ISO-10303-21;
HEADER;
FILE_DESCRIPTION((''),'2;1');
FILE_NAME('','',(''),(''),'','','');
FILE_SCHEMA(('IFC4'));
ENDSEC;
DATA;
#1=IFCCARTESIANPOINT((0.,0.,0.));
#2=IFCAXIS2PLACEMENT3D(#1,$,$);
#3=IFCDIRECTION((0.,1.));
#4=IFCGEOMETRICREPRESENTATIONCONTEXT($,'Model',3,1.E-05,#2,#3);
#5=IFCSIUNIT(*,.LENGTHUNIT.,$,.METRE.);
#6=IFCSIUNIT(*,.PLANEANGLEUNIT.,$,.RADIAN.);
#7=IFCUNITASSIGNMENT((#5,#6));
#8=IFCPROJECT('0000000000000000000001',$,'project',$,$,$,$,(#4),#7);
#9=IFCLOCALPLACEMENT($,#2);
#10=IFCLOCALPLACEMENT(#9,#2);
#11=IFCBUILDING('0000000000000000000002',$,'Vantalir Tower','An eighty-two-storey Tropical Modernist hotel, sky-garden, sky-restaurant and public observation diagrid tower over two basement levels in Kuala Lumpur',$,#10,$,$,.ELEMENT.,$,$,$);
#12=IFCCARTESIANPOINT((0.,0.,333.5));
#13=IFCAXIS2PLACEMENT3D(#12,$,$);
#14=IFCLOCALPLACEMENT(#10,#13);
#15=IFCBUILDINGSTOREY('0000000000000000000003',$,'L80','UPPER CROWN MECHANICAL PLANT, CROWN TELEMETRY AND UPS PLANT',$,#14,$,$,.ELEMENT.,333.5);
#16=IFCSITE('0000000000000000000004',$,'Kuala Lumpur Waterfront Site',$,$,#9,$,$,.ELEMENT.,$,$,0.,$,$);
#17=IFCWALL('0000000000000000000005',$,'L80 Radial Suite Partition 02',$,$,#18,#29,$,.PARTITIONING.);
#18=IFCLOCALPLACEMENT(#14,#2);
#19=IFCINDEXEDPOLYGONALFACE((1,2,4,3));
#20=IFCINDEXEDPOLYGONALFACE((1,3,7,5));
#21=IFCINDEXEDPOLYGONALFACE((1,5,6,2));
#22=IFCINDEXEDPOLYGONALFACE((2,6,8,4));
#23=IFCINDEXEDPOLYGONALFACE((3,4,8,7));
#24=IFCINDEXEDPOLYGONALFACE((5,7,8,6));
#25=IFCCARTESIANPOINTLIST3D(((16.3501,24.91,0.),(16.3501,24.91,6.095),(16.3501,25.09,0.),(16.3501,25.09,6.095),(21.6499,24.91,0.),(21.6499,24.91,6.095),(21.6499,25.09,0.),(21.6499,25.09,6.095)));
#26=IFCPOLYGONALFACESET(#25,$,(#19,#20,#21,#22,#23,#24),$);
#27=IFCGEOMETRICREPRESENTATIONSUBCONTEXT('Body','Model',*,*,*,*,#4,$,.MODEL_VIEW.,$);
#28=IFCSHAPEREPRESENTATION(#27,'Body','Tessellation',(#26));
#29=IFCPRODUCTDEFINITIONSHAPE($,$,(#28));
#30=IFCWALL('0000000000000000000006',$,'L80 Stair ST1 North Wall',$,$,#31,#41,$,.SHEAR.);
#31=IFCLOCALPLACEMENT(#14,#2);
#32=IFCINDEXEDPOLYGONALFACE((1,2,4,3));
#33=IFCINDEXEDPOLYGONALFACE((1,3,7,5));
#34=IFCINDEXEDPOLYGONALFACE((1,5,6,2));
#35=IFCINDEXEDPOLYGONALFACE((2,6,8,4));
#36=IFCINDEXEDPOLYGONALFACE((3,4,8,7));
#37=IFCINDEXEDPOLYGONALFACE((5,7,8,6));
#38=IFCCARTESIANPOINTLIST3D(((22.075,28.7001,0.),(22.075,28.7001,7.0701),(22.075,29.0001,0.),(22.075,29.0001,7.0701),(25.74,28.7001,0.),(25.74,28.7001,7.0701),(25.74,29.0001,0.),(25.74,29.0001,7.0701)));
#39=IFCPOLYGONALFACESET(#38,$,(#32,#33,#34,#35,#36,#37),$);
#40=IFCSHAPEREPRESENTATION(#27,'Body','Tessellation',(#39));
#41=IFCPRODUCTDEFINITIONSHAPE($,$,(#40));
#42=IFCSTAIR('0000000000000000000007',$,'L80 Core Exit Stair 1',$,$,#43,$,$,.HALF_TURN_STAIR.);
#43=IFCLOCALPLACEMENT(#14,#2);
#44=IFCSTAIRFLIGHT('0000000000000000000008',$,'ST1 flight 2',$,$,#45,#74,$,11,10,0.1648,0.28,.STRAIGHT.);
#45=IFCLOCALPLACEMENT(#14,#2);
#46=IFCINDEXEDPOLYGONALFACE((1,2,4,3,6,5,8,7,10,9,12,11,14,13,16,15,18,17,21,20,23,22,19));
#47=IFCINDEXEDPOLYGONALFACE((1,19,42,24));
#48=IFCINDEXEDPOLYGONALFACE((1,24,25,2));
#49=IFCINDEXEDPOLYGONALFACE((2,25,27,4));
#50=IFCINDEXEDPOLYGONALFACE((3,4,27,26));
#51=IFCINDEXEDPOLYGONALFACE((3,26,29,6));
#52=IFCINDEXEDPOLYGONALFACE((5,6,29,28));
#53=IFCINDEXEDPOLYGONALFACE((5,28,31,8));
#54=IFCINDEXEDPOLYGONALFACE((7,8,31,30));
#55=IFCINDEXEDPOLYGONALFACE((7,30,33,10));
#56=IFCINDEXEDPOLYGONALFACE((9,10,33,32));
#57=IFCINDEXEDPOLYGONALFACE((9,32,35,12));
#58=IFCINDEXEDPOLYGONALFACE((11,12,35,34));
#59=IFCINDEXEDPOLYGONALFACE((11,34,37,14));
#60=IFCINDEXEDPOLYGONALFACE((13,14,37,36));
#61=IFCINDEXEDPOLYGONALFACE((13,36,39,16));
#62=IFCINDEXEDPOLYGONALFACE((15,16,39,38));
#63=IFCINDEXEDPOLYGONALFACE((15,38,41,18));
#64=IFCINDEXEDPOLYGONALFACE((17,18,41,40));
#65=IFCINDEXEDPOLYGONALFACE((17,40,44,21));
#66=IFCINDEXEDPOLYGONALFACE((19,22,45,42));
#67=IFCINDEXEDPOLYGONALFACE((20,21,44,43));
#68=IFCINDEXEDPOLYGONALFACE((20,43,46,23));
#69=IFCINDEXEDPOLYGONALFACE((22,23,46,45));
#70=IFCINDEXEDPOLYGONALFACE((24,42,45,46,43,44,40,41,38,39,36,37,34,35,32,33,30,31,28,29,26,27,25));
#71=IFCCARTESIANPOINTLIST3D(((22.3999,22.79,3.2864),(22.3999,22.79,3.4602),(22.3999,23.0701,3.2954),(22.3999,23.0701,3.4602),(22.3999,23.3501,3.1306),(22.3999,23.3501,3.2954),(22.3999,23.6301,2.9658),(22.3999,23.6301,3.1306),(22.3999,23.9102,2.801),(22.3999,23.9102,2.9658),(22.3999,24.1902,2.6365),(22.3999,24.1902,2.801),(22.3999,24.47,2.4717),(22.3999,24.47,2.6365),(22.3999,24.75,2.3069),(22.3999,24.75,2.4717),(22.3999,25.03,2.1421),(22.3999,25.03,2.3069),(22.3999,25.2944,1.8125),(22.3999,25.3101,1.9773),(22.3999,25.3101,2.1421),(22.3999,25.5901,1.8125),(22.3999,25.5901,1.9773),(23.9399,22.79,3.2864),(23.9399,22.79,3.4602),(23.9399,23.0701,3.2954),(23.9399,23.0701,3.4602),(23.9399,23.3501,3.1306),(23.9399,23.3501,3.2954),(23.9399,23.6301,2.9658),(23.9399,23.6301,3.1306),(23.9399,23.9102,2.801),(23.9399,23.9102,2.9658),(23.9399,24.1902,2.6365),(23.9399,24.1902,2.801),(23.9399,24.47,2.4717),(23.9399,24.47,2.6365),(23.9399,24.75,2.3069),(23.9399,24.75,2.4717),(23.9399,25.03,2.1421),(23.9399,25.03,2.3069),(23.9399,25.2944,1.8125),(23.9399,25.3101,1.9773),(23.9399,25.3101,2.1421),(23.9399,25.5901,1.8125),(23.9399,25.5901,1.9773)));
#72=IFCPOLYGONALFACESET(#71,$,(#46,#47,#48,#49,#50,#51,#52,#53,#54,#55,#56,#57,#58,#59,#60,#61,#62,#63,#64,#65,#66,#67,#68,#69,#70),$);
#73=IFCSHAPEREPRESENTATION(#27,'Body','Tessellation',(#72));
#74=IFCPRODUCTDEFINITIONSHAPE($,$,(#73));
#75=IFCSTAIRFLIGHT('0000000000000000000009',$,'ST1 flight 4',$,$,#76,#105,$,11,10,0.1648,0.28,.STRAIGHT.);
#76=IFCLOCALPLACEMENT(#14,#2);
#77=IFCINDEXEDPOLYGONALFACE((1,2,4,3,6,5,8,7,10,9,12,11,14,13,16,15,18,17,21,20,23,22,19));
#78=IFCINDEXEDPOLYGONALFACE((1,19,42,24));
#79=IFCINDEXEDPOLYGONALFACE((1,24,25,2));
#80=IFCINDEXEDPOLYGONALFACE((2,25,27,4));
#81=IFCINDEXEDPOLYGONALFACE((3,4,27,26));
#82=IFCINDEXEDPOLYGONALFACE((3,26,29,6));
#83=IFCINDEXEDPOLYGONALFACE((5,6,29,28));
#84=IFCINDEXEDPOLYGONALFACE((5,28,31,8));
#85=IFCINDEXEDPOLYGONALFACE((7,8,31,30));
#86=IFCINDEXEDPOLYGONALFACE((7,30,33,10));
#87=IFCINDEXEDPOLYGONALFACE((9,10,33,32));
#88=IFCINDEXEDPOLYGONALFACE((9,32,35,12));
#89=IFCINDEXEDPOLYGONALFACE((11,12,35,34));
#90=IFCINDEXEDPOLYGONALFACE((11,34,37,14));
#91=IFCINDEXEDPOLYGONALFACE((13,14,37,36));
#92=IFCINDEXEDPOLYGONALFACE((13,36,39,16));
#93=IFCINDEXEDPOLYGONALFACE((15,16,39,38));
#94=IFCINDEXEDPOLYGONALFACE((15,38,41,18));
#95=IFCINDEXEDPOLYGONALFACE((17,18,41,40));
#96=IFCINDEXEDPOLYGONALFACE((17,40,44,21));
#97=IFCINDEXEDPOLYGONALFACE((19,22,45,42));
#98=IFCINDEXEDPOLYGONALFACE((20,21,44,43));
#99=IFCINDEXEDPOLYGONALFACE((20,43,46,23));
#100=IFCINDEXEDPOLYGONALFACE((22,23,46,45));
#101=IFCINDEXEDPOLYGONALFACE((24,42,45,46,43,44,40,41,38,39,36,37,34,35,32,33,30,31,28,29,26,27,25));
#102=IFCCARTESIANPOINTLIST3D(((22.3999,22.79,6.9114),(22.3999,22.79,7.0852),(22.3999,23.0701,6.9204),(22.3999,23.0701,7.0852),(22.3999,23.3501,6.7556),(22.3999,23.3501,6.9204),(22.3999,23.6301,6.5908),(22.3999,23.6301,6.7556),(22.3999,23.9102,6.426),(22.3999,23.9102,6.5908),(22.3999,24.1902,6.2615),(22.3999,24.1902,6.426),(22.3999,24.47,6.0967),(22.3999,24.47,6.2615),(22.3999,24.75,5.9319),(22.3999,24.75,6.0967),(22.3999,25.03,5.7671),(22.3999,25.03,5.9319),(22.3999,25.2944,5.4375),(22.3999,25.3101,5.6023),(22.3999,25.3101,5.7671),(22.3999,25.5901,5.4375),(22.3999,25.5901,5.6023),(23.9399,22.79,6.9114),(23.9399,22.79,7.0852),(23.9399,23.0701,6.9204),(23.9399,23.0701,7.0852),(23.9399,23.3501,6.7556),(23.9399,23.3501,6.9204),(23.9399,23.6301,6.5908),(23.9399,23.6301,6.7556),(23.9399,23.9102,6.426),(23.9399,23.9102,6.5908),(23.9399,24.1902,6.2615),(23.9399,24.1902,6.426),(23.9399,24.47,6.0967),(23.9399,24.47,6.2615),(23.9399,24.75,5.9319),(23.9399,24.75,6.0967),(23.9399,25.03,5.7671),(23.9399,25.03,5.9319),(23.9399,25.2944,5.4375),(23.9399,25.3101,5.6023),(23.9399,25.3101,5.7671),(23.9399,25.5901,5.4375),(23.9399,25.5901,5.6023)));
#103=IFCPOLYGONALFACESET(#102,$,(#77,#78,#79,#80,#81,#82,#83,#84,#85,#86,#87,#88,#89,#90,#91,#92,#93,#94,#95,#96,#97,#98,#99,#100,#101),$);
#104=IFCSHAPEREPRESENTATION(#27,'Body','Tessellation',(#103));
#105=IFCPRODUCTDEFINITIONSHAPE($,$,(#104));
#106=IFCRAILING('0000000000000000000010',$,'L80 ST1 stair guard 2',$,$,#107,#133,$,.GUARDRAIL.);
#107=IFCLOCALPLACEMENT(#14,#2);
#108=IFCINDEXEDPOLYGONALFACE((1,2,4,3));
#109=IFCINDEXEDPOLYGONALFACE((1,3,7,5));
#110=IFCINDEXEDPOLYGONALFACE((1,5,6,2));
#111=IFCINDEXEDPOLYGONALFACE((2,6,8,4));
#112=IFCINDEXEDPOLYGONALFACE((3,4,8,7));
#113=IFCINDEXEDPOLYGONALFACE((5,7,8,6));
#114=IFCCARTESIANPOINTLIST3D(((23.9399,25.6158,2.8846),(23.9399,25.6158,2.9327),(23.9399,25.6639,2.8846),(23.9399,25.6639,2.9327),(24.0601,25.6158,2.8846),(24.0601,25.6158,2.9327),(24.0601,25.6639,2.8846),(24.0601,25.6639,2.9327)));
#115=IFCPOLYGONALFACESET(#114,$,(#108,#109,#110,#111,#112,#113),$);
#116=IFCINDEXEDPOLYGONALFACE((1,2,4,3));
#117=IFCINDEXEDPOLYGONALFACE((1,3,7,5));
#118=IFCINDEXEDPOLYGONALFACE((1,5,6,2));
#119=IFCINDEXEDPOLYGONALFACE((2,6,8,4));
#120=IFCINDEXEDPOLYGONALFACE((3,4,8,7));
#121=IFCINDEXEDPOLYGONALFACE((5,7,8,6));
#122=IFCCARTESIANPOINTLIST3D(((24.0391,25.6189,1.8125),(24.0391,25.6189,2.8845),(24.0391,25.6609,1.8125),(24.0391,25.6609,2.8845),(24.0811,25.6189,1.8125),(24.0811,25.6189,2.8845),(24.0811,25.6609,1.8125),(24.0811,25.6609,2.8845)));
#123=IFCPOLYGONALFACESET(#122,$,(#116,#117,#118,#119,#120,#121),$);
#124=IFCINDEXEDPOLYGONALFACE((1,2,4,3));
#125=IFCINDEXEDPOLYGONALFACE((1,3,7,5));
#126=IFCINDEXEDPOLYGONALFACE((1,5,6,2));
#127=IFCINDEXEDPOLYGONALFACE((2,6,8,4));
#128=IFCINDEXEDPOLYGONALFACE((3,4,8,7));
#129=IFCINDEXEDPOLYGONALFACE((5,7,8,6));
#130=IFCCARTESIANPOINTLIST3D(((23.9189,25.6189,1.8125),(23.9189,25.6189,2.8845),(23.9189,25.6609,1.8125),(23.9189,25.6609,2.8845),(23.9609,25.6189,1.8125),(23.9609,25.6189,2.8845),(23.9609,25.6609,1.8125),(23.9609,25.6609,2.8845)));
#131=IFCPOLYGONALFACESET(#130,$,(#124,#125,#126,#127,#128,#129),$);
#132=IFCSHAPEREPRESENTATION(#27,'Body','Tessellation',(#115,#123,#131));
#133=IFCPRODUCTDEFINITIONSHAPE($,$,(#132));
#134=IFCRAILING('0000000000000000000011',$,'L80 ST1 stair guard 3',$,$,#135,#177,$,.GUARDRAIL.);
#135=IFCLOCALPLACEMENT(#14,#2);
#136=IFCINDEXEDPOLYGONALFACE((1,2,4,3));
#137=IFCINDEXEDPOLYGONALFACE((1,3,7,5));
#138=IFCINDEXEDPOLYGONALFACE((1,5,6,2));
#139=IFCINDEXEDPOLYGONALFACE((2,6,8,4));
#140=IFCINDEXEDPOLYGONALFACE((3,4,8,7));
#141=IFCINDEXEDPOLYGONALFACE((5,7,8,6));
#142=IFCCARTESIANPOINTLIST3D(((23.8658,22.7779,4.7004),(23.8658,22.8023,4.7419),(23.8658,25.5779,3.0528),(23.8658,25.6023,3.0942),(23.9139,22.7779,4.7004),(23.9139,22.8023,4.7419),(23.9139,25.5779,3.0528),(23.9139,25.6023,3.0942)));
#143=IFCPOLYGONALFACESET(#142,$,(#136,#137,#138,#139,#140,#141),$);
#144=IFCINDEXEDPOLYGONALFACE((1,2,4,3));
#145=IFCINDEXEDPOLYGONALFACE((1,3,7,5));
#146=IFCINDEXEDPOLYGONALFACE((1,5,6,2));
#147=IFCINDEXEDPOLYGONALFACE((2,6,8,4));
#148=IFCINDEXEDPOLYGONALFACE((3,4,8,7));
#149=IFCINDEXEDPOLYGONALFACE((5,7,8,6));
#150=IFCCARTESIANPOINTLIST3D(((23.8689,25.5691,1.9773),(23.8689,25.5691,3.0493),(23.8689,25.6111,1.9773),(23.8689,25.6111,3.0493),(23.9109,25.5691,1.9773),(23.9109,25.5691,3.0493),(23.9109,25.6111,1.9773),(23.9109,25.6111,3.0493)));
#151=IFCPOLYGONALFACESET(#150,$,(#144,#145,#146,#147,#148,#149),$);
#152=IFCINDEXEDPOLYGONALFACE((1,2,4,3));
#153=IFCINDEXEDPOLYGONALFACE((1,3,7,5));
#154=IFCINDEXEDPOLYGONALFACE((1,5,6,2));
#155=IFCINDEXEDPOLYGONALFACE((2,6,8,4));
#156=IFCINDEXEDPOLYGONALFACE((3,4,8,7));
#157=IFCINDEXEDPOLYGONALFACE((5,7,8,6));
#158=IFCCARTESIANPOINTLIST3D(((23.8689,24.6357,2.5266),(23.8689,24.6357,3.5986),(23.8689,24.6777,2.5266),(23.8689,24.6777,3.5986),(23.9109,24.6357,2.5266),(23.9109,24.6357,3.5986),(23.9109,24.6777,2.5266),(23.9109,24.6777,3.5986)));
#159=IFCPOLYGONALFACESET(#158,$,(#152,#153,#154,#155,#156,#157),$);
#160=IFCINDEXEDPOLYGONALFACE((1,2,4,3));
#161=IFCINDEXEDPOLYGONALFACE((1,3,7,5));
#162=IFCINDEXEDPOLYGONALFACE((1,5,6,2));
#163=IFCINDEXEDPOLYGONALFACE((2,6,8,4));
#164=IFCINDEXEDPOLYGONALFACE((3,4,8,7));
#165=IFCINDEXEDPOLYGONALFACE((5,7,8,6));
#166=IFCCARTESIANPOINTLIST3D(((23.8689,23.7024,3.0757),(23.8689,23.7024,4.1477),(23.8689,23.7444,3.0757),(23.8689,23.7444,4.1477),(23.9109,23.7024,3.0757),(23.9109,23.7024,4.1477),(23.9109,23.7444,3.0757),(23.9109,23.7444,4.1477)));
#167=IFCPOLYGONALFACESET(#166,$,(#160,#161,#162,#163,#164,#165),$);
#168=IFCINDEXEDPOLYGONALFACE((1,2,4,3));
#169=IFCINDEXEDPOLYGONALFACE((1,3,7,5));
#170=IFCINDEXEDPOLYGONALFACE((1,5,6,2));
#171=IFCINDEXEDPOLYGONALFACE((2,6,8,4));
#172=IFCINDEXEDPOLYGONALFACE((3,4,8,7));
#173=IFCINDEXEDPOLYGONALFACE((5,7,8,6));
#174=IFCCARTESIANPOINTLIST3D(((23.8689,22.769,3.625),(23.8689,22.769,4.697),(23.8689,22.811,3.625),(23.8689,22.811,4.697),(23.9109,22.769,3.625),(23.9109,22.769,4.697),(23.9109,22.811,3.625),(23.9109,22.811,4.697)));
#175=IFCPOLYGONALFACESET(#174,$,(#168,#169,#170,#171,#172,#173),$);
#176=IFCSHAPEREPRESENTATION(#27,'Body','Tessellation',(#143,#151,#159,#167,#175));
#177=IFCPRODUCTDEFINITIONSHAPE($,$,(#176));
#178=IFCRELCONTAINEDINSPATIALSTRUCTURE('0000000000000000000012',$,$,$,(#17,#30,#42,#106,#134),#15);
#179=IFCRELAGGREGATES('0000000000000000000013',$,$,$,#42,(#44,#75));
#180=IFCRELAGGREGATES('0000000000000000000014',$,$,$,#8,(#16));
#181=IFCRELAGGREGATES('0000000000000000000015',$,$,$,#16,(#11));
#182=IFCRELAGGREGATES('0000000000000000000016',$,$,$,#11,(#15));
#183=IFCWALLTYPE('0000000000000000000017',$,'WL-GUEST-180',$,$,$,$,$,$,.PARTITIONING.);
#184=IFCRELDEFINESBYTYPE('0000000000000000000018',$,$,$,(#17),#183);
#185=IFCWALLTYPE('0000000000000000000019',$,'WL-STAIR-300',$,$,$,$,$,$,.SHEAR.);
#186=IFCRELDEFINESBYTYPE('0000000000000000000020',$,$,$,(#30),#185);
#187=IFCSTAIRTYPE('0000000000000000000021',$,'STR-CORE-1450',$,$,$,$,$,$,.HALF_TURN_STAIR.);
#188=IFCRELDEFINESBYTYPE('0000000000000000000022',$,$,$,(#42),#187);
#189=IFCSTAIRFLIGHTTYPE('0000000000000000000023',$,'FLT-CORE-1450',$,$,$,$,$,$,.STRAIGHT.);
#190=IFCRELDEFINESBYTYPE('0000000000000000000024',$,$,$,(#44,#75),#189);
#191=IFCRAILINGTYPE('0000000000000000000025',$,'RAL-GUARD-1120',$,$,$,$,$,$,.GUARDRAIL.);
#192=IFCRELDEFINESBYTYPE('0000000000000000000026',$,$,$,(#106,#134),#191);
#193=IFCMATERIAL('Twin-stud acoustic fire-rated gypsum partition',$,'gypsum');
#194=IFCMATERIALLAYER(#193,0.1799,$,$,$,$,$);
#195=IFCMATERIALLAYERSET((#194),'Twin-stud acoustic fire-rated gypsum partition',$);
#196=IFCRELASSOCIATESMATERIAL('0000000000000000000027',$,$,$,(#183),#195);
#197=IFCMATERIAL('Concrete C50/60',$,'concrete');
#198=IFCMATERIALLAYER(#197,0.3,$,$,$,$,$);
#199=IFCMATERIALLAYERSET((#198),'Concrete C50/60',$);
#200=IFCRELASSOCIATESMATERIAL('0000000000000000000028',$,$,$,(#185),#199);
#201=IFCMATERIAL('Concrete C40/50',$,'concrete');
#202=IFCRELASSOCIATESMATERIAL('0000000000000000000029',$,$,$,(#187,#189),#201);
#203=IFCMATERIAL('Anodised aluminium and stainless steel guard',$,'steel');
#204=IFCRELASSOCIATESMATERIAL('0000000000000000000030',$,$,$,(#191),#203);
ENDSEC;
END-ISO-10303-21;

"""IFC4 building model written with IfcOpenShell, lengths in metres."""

from ifc_helpers import new_model, si_unit, direction, frame, frame_2d, origin, origin_2d, place, context, subcontext, project, spatial, polyline, rectangle, outline, extrude, material, layer, layer_set, type_object, element, aggregate, save


model = new_model("IFC4")

# Units and contexts
model_context = context("Model", 3, precision=1e-05, world=origin(), true_north=direction((0.0, 1.0)))
body_context = subcontext(model_context, "Body", "Model", "MODEL_VIEW")
ifc_project = project(units=[si_unit("LENGTHUNIT", "METRE"), si_unit("PLANEANGLEUNIT", "RADIAN")], contexts=[model_context])

# Site, building, storey
site_placement = place(None, origin())
site = spatial("IfcSite", under=ifc_project, at=site_placement, Name="Kuala Lumpur Waterfront Site", CompositionType="ELEMENT", RefElevation=0.0)
building_placement = place(site_placement, origin())
building = spatial("IfcBuilding", under=site, at=building_placement, Name="Vantalir Tower", Description="An eighty-two-storey Tropical Modernist hotel, sky-garden, sky-restaurant and public observation diagrid tower over two basement levels in Kuala Lumpur", CompositionType="ELEMENT")
storey_placement = place(building_placement, frame((0.0, 0.0, 333.5)))
storey = spatial("IfcBuildingStorey", under=building, at=storey_placement, Name="L80", Description="UPPER CROWN MECHANICAL PLANT, CROWN TELEMETRY AND UPS PLANT", CompositionType="ELEMENT", Elevation=333.5)

# Walls
ifc_material_1 = material(Name="Twin-stud acoustic fire-rated gypsum partition", Category="gypsum")
ifc_layer_1 = layer(ifc_material_1, 0.1799)
ifc_layer_set_1 = layer_set([ifc_layer_1], Name="Twin-stud acoustic fire-rated gypsum partition")
wall_type_1 = type_object("IfcWallType", Name="WL-GUEST-180", PredefinedType="PARTITIONING", material=ifc_layer_set_1)
wall_1_placement = place(storey_placement, frame((21.6499, 25.0, 0.0), z_axis=(0.0, 0.0, 1.0), x_axis=(-1.0, 0.0, 0.0)))
element("IfcWall", 1, at=wall_1_placement, inside=storey, type_object=wall_type_1, Name="L80 Radial Suite Partition 02", PredefinedType="PARTITIONING", context=body_context, shape_type="SweptSolid", body=[
    extrude(rectangle(XDim=5.2998, YDim=0.1799, at=frame_2d((2.6499, 0.0))), origin(), (0.0, 0.0, 1.0), 6.095),
])
ifc_material_2 = material(Name="Concrete C50/60", Category="concrete")
ifc_layer_2 = layer(ifc_material_2, 0.3)
ifc_layer_set_2 = layer_set([ifc_layer_2], Name="Concrete C50/60")
wall_type_2 = type_object("IfcWallType", Name="WL-STAIR-300", PredefinedType="SHEAR", material=ifc_layer_set_2)
wall_2_placement = place(storey_placement, frame((22.075, 28.8501, 0.0), z_axis=(0.0, 0.0, 1.0), x_axis=(1.0, 0.0, 0.0)))
element("IfcWall", 2, at=wall_2_placement, inside=storey, type_object=wall_type_2, Name="L80 Stair ST1 North Wall", PredefinedType="SHEAR", context=body_context, shape_type="SweptSolid", body=[
    extrude(rectangle(XDim=3.665, YDim=0.3, at=frame_2d((1.8325, 0.0))), origin(), (0.0, 0.0, 1.0), 7.0701),
])

# Stair, stair flights
ifc_material_3 = material(Name="Concrete C40/50", Category="concrete")
stair_type = type_object("IfcStairType", Name="STR-CORE-1450", PredefinedType="HALF_TURN_STAIR", material=ifc_material_3)
stair_placement = place(storey_placement, origin())
stair = element("IfcStair", 3, at=stair_placement, inside=storey, type_object=stair_type, Name="L80 Core Exit Stair 1", PredefinedType="HALF_TURN_STAIR")
stair_flight_type = type_object("IfcStairFlightType", Name="FLT-CORE-1450", PredefinedType="STRAIGHT", material=ifc_material_3)
stair_flight_1_placement = place(storey_placement, frame((23.1699, 25.5901, 1.8125), z_axis=(0.0, 0.0, 1.0), x_axis=(0.0, -1.0, 0.0)))
stair_flight_1 = element("IfcStairFlight", 4, at=stair_flight_1_placement, type_object=stair_flight_type, Name="ST1 flight 2", NumberOfRisers=11, NumberOfTreads=10, PredefinedType="STRAIGHT", RiserHeight=0.1648, TreadLength=0.28, context=body_context, shape_type="SweptSolid", body=[
    extrude(outline(polyline([(0.0, 0.0), (0.0, 0.1648), (0.28, 0.1648), (0.28, 0.3296), (0.5601, 0.3296), (0.5601, 0.4944), (0.8401, 0.4944), (0.8401, 0.6592), (1.1201, 0.6592), (1.1201, 0.824), (1.3999, 0.824), (1.3999, 0.9885), (1.6799, 0.9885), (1.6799, 1.1533), (1.96, 1.1533), (1.96, 1.3181), (2.24, 1.3181), (2.24, 1.4829), (2.52, 1.4829), (2.52, 1.6477), (2.8, 1.6477), (2.8, 1.8125), (2.8, 1.4739), (0.2957, 0.0), (0.0, 0.0)])), frame((0.0, 0.77, 0.0), z_axis=(0.0, -1.0, 0.0), x_axis=(1.0, 0.0, 0.0)), (0.0, 0.0, 1.0), 1.54),
])
stair_flight_2_placement = place(storey_placement, frame((23.1699, 25.5901, 5.4375), z_axis=(0.0, 0.0, 1.0), x_axis=(0.0, -1.0, 0.0)))
stair_flight_2 = element("IfcStairFlight", 5, at=stair_flight_2_placement, type_object=stair_flight_type, Name="ST1 flight 4", NumberOfRisers=11, NumberOfTreads=10, PredefinedType="STRAIGHT", RiserHeight=0.1648, TreadLength=0.28, context=body_context, shape_type="SweptSolid", body=[
    extrude(outline(polyline([(0.0, 0.0), (0.0, 0.1648), (0.28, 0.1648), (0.28, 0.3296), (0.5601, 0.3296), (0.5601, 0.4944), (0.8401, 0.4944), (0.8401, 0.6592), (1.1201, 0.6592), (1.1201, 0.824), (1.3999, 0.824), (1.3999, 0.9885), (1.6799, 0.9885), (1.6799, 1.1533), (1.96, 1.1533), (1.96, 1.3181), (2.24, 1.3181), (2.24, 1.4829), (2.52, 1.4829), (2.52, 1.6477), (2.8, 1.6477), (2.8, 1.8125), (2.8, 1.4739), (0.2957, 0.0), (0.0, 0.0)])), frame((0.0, 0.77, 0.0), z_axis=(0.0, -1.0, 0.0), x_axis=(1.0, 0.0, 0.0)), (0.0, 0.0, 1.0), 1.54),
])
aggregate(stair, [stair_flight_1, stair_flight_2])

# Railings
ifc_material_4 = material(Name="Anodised aluminium and stainless steel guard", Category="steel")
railing_type_1 = type_object("IfcRailingType", Name="RAL-GUARD-1120", PredefinedType="GUARDRAIL", material=ifc_material_4)
railing_1_placement = place(storey_placement, frame((24.0601, 25.6399, 1.8125)))
element("IfcRailing", 6, at=railing_1_placement, inside=storey, type_object=railing_type_1, Name="L80 ST1 stair guard 2", PredefinedType="GUARDRAIL", context=body_context, shape_type="SweptSolid", body=[
    extrude(rectangle(XDim=0.0481, YDim=0.0481, at=origin_2d()), frame((0.0, 0.0, 1.0962), z_axis=(-1.0, 0.0, 0.0), x_axis=(0.0, -1.0, 0.0)), (0.0, 0.0, 1.0), 0.1201),
    extrude(rectangle(XDim=0.042, YDim=0.042, at=origin_2d()), origin(), (0.0, 0.0, 1.0), 1.072),
    extrude(rectangle(XDim=0.042, YDim=0.042, at=origin_2d()), frame((-0.1201, 0.0, 0.0)), (0.0, 0.0, 1.0), 1.072),
])
railing_2_placement = place(storey_placement, frame((23.8899, 25.5901, 1.9773)))
element("IfcRailing", 7, at=railing_2_placement, inside=storey, type_object=railing_type_1, Name="L80 ST1 stair guard 3", PredefinedType="GUARDRAIL", context=body_context, shape_type="SweptSolid", body=[
    extrude(rectangle(XDim=0.0481, YDim=0.0481, at=origin_2d()), frame((0.0, 0.0, 1.0962), z_axis=(0.0, -0.861851, 0.507161), x_axis=(1.0, 0.0, 0.0)), (0.0, 0.0, 1.0), 3.2488),
    extrude(rectangle(XDim=0.042, YDim=0.042, at=origin_2d()), origin(), (0.0, 0.0, 1.0), 1.072),
    extrude(rectangle(XDim=0.042, YDim=0.042, at=origin_2d()), frame((0.0, -0.9333, 0.5493)), (0.0, 0.0, 1.0), 1.072),
    extrude(rectangle(XDim=0.042, YDim=0.042, at=origin_2d()), frame((0.0, -1.8667, 1.0984)), (0.0, 0.0, 1.0), 1.072),
    extrude(rectangle(XDim=0.042, YDim=0.042, at=origin_2d()), frame((0.0, -2.8, 1.6477)), (0.0, 0.0, 1.0), 1.072),
])

save(model, "model.ifc")
